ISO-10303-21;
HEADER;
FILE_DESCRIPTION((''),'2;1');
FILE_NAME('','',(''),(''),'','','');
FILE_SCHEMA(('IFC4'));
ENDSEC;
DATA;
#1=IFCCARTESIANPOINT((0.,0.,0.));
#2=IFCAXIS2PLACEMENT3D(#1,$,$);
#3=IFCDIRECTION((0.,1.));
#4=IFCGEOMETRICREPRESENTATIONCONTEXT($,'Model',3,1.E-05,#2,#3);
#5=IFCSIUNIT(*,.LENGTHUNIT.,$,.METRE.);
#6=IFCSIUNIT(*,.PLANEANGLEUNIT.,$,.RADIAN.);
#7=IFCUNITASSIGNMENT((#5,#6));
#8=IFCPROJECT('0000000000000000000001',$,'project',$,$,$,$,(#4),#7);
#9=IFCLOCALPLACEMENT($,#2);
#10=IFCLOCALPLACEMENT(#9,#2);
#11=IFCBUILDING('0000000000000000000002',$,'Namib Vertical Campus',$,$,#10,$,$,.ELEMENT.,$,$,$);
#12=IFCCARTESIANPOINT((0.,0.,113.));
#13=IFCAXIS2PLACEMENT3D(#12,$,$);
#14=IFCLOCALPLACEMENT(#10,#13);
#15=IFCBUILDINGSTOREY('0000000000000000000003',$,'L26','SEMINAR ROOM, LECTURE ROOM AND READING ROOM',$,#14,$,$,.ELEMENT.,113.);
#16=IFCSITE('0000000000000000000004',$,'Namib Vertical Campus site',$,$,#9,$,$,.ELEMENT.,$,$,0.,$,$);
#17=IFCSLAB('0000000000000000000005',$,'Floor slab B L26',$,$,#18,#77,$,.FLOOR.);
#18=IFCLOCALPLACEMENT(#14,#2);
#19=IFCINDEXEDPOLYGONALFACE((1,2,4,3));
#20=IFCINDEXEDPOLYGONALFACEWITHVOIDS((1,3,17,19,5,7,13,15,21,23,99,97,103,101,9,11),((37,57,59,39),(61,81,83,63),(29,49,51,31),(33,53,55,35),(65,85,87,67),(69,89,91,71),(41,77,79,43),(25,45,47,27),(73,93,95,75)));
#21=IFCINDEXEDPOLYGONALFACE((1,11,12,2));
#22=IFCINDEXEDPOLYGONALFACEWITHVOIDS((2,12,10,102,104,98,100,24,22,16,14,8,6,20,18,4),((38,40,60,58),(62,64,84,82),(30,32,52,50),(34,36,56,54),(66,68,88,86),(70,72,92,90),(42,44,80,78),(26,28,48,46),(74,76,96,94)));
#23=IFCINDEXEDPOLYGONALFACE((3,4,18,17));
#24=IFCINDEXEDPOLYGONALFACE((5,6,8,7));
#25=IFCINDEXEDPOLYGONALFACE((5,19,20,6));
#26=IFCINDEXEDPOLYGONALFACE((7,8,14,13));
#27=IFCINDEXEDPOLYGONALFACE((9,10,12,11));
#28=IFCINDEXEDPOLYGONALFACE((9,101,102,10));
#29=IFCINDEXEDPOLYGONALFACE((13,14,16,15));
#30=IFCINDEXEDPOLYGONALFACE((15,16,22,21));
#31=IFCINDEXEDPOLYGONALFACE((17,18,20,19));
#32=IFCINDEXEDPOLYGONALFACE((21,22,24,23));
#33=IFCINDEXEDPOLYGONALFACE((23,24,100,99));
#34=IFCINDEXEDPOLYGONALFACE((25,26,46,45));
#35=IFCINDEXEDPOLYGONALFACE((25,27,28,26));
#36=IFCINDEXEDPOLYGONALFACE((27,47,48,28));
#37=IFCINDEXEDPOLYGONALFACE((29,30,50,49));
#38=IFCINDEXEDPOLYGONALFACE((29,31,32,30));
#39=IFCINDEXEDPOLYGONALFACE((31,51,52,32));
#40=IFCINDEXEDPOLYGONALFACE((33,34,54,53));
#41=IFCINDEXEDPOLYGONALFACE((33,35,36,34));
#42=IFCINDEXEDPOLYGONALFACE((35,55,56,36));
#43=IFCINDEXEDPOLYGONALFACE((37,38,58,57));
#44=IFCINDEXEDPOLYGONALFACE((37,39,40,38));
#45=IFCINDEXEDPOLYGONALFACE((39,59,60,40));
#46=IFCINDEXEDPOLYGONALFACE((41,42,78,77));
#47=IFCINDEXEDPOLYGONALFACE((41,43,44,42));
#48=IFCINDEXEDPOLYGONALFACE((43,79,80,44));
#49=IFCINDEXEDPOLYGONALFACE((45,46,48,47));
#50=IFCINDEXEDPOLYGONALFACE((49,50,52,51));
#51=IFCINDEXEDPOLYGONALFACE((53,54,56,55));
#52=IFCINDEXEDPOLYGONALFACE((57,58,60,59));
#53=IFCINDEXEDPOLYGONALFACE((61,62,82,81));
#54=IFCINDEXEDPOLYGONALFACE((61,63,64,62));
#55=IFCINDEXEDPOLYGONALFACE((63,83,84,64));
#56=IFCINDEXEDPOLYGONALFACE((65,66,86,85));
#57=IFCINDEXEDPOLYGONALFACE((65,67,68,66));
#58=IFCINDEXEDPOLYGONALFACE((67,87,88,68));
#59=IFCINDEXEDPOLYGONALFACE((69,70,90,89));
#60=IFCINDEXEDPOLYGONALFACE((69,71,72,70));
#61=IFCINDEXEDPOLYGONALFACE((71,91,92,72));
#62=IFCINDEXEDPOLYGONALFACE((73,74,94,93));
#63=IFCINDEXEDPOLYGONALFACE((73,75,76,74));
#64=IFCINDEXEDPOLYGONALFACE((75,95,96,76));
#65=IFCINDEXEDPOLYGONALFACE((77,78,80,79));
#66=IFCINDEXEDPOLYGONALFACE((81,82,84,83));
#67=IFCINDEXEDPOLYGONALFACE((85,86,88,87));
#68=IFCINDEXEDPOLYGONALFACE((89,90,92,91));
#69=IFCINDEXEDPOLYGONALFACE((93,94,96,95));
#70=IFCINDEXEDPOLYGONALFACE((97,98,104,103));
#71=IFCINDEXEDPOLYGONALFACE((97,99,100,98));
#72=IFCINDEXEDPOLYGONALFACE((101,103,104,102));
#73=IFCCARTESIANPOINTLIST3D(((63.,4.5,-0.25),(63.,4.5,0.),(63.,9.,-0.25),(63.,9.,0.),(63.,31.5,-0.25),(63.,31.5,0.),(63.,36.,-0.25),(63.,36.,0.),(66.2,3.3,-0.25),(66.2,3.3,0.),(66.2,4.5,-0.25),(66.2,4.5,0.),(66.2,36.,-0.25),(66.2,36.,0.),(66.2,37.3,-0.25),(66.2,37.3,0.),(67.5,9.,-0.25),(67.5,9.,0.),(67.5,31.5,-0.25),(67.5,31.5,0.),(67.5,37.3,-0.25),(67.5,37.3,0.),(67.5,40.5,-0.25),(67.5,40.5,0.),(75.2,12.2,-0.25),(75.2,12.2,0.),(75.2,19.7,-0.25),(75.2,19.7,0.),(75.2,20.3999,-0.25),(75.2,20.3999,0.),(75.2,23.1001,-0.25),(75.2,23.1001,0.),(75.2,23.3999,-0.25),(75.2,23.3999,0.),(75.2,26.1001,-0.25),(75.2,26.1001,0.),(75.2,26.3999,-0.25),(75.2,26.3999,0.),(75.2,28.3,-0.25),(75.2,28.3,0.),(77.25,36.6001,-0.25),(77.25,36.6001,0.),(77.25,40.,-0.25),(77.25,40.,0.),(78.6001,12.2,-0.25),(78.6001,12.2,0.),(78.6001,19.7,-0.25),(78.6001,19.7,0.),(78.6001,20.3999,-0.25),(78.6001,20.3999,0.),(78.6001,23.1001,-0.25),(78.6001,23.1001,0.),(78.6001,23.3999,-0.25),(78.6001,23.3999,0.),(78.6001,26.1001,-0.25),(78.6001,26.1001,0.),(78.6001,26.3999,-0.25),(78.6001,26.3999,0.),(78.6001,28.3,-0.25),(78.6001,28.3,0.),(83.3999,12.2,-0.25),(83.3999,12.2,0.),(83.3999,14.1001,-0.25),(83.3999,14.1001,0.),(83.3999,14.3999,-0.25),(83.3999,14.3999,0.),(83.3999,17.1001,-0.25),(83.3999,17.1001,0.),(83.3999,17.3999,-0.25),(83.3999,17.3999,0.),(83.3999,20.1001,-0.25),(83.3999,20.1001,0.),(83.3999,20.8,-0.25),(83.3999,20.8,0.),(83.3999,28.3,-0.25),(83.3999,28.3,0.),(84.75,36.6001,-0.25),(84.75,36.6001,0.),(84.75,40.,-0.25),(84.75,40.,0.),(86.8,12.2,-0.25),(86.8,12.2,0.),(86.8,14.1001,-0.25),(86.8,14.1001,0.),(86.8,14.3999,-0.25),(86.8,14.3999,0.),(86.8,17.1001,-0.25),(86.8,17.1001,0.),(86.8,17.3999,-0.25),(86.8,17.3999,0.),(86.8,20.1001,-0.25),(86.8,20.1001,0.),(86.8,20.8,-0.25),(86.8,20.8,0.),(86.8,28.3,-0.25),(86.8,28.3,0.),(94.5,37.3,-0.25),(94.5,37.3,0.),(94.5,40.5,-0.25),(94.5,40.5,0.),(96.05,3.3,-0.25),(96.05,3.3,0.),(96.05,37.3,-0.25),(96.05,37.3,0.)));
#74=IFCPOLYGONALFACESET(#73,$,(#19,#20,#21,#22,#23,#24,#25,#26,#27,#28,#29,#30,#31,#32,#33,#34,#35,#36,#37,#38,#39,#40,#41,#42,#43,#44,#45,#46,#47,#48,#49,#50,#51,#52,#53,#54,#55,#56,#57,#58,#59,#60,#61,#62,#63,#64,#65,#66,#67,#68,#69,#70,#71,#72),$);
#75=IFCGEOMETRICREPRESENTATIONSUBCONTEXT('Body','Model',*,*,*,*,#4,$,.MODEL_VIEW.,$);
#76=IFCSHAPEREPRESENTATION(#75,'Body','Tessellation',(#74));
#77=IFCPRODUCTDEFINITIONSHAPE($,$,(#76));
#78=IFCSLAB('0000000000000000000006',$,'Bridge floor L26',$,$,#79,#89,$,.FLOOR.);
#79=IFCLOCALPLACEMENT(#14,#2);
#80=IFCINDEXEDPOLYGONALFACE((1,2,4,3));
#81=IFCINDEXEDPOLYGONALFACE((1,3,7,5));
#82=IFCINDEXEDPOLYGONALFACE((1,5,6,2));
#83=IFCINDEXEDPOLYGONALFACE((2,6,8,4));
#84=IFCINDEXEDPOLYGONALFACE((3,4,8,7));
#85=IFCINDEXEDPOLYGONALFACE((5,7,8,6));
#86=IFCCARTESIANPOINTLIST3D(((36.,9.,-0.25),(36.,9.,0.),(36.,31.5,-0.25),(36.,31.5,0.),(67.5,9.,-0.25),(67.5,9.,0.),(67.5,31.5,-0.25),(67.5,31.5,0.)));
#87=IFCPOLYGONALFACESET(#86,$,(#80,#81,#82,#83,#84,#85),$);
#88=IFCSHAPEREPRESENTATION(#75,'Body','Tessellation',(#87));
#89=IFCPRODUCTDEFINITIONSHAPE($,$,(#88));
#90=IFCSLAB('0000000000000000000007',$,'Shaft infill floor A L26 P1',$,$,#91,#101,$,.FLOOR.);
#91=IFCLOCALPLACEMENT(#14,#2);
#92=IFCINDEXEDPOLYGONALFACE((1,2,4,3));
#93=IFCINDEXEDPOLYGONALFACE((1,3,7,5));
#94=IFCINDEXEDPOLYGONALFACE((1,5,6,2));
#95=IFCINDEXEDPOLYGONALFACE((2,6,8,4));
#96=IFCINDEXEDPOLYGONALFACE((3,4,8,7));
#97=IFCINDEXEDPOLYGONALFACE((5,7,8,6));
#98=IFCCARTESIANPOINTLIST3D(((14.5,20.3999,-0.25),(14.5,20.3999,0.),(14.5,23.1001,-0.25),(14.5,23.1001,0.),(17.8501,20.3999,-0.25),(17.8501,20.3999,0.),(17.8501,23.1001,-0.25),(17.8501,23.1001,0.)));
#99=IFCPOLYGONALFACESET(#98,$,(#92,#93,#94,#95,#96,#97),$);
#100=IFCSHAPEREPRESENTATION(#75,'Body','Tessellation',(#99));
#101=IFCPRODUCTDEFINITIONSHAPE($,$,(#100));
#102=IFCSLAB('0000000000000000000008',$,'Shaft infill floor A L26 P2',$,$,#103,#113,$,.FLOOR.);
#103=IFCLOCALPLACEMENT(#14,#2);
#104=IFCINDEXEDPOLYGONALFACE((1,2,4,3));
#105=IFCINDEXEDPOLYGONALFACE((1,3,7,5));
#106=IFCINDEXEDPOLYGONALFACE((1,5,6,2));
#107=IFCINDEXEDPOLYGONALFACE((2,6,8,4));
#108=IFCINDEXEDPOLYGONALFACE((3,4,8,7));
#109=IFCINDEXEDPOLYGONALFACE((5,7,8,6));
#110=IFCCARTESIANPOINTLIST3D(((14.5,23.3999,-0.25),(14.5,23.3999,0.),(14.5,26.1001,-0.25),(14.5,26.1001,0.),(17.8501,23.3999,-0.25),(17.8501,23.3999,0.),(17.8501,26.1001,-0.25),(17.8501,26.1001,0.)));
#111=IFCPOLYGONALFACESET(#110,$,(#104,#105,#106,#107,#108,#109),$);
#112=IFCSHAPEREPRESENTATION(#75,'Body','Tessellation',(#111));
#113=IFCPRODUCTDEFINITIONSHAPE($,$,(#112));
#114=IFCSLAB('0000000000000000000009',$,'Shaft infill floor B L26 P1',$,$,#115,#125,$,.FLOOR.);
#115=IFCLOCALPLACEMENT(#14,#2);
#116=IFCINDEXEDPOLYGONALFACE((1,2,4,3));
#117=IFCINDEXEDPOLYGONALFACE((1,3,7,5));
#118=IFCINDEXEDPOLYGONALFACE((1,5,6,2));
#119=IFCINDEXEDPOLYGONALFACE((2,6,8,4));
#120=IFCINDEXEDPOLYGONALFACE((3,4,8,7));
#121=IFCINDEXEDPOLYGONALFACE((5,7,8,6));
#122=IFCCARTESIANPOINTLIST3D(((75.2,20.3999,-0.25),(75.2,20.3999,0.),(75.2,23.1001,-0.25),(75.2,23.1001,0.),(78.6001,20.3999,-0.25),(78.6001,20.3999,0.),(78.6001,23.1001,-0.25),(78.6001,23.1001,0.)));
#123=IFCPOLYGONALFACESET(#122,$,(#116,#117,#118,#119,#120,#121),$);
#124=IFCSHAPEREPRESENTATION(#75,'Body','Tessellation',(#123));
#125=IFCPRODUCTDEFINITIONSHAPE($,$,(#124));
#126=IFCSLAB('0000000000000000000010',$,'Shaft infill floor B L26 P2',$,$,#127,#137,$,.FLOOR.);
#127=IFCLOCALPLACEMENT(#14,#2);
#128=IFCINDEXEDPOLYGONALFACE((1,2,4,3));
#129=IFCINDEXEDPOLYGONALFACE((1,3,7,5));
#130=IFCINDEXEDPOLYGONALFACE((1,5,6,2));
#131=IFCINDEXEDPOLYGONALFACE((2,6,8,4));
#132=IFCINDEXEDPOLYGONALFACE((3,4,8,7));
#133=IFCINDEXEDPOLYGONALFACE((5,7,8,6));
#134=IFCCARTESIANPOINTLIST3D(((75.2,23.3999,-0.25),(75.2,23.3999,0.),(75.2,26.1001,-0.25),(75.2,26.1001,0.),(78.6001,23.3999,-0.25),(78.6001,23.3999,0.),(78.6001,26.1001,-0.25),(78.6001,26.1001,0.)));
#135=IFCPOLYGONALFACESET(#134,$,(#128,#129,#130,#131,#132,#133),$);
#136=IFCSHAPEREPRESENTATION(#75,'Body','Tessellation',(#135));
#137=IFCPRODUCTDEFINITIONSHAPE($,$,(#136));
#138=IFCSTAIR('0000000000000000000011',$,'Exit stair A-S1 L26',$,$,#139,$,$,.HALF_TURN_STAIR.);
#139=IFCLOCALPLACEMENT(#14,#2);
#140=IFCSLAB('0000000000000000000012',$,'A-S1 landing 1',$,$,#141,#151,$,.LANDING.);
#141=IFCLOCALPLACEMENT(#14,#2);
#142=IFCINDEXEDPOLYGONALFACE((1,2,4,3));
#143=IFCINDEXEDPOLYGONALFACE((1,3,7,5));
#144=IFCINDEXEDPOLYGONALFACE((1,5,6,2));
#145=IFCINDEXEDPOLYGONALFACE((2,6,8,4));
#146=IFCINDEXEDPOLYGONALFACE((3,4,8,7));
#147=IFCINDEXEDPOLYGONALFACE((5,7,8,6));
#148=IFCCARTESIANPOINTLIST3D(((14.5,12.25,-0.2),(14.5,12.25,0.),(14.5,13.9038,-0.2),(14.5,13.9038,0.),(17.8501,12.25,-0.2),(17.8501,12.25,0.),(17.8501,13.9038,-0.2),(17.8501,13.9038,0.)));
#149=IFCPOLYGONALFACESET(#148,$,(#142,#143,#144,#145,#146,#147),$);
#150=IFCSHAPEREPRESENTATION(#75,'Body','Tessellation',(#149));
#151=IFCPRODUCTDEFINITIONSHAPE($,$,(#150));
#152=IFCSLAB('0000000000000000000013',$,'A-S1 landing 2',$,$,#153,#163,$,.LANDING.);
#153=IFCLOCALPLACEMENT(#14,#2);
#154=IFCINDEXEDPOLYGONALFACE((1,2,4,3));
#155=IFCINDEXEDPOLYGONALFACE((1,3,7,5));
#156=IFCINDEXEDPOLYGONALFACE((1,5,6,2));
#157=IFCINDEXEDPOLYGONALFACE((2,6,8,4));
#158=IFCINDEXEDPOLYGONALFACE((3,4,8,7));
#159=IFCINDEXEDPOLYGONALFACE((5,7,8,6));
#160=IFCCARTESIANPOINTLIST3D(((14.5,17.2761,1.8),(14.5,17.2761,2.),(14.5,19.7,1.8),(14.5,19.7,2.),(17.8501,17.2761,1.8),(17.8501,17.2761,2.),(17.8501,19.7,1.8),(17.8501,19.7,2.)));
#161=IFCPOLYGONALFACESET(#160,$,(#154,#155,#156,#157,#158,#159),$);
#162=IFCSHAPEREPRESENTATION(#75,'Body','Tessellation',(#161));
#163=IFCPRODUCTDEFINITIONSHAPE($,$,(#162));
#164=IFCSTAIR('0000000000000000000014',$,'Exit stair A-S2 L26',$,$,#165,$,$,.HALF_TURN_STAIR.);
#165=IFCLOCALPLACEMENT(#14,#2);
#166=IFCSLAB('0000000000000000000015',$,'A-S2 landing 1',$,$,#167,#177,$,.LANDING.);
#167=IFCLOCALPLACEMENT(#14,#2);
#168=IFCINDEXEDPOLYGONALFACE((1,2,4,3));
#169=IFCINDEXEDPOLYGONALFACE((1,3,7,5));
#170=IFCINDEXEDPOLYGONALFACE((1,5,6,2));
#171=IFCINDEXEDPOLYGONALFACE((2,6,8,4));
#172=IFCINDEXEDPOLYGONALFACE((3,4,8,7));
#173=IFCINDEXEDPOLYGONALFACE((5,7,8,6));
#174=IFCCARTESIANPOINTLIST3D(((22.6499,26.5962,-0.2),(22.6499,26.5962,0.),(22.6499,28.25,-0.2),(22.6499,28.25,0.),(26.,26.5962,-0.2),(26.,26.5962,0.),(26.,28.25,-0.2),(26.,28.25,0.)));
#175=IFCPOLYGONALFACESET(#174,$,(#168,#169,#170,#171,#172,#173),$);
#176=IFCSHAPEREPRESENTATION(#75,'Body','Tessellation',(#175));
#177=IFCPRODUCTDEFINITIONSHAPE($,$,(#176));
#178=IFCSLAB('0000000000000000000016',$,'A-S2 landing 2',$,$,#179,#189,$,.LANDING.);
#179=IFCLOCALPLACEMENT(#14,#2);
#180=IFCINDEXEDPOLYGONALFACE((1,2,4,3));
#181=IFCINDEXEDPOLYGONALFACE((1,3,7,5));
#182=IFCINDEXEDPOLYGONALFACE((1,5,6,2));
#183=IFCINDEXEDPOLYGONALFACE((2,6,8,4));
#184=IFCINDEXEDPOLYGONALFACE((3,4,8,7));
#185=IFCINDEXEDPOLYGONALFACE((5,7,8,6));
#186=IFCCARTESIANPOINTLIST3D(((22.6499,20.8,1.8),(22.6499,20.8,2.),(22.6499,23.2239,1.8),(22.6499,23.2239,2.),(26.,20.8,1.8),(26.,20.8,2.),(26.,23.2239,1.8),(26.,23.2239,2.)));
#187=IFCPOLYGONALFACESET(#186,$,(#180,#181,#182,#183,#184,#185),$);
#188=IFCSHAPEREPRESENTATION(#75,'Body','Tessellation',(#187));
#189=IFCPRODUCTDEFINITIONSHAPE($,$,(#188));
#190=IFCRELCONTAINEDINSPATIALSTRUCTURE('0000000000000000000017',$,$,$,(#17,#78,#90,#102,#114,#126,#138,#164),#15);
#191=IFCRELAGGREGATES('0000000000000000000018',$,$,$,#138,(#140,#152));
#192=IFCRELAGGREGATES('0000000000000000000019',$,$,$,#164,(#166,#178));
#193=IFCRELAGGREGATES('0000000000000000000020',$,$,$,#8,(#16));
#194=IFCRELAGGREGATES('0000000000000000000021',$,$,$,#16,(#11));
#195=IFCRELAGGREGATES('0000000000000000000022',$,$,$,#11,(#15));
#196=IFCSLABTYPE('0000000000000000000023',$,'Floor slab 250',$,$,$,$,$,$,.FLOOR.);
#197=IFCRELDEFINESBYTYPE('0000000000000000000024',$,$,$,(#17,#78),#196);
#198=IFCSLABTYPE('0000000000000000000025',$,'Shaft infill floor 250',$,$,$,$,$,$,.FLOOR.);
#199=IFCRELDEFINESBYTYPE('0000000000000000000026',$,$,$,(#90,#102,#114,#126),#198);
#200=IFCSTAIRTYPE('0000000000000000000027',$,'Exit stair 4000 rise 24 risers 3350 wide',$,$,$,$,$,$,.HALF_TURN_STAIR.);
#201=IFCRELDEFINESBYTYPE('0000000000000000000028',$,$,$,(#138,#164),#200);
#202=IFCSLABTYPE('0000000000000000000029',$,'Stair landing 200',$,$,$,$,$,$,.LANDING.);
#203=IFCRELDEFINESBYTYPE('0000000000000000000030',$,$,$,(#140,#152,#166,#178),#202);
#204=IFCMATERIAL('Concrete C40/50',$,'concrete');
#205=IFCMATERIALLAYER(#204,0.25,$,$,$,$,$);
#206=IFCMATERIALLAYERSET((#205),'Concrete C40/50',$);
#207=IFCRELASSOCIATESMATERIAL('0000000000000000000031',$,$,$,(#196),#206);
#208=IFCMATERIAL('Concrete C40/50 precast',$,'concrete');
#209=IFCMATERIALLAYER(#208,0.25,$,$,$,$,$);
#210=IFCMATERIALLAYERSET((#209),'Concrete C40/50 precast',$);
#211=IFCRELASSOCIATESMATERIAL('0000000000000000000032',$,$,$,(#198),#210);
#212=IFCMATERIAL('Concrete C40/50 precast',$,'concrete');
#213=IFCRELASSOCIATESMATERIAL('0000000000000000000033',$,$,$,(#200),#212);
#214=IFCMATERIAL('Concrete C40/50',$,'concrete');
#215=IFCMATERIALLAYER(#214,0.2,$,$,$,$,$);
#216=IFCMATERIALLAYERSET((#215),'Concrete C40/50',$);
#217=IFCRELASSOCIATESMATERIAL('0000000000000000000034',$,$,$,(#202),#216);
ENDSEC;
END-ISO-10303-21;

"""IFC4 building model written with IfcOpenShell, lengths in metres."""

from ifc_helpers import new_model, si_unit, direction, frame, origin, place, context, subcontext, project, spatial, polyline, outline, extrude, material, layer, layer_set, type_object, element, aggregate, save


model = new_model("IFC4")

# Units and contexts
model_context = context("Model", 3, precision=1e-05, world=origin(), true_north=direction((0.0, 1.0)))
body_context = subcontext(model_context, "Body", "Model", "MODEL_VIEW")
ifc_project = project(units=[si_unit("LENGTHUNIT", "METRE"), si_unit("PLANEANGLEUNIT", "RADIAN")], contexts=[model_context])

# Site, building, storey
site_placement = place(None, origin())
site = spatial("IfcSite", under=ifc_project, at=site_placement, Name="Namib Vertical Campus site", CompositionType="ELEMENT", RefElevation=0.0)
building_placement = place(site_placement, origin())
building = spatial("IfcBuilding", under=site, at=building_placement, Name="Namib Vertical Campus", CompositionType="ELEMENT")
storey_placement = place(building_placement, frame((0.0, 0.0, 113.0)))
storey = spatial("IfcBuildingStorey", under=building, at=storey_placement, Name="L26", Description="SEMINAR ROOM, LECTURE ROOM AND READING ROOM", CompositionType="ELEMENT", Elevation=113.0)

# Slabs
ifc_material_1 = material(Name="Concrete C40/50", Category="concrete")
ifc_layer_1 = layer(ifc_material_1, 0.25)
ifc_layer_set_1 = layer_set([ifc_layer_1], Name="Concrete C40/50")
slab_type_1 = type_object("IfcSlabType", Name="Floor slab 250", PredefinedType="FLOOR", material=ifc_layer_set_1)
slab_1_placement = place(storey_placement, frame((0.0, 0.0, -0.25)))
element("IfcSlab", 1, at=slab_1_placement, inside=storey, type_object=slab_type_1, Name="Floor slab B L26", PredefinedType="FLOOR", context=body_context, shape_type="SweptSolid", body=[
    extrude(outline(polyline([(63.0, 9.0), (63.0, 4.5), (66.2, 4.5), (66.2, 3.3), (96.05, 3.3), (96.05, 37.3), (94.5, 37.3), (94.5, 40.5), (67.5, 40.5), (67.5, 37.3), (66.2, 37.3), (66.2, 36.0), (63.0, 36.0), (63.0, 31.5), (67.5, 31.5), (67.5, 9.0), (63.0, 9.0)]), holes=[polyline([(75.2, 12.2), (78.6001, 12.2), (78.6001, 19.7), (75.2, 19.7), (75.2, 12.2)]), polyline([(83.3999, 20.8), (86.8, 20.8), (86.8, 28.3), (83.3999, 28.3), (83.3999, 20.8)]), polyline([(83.3999, 12.2), (86.8, 12.2), (86.8, 14.1001), (83.3999, 14.1001), (83.3999, 12.2)]), polyline([(75.2, 20.3999), (78.6001, 20.3999), (78.6001, 23.1001), (75.2, 23.1001), (75.2, 20.3999)]), polyline([(75.2, 23.3999), (78.6001, 23.3999), (78.6001, 26.1001), (75.2, 26.1001), (75.2, 23.3999)]), polyline([(75.2, 26.3999), (78.6001, 26.3999), (78.6001, 28.3), (75.2, 28.3), (75.2, 26.3999)]), polyline([(83.3999, 14.3999), (86.8, 14.3999), (86.8, 17.1001), (83.3999, 17.1001), (83.3999, 14.3999)]), polyline([(83.3999, 17.3999), (86.8, 17.3999), (86.8, 20.1001), (83.3999, 20.1001), (83.3999, 17.3999)]), polyline([(77.25, 36.6001), (84.75, 36.6001), (84.75, 40.0), (77.25, 40.0), (77.25, 36.6001)])]), origin(), (0.0, 0.0, 1.0), 0.25),
])
slab_2_placement = place(storey_placement, frame((0.0, 0.0, -0.25)))
element("IfcSlab", 2, at=slab_2_placement, inside=storey, type_object=slab_type_1, Name="Bridge floor L26", PredefinedType="FLOOR", context=body_context, shape_type="SweptSolid", body=[
    extrude(outline(polyline([(36.0, 9.0), (67.5, 9.0), (67.5, 31.5), (36.0, 31.5), (36.0, 9.0)])), origin(), (0.0, 0.0, 1.0), 0.25),
])
ifc_material_2 = material(Name="Concrete C40/50 precast", Category="concrete")
ifc_layer_2 = layer(ifc_material_2, 0.25)
ifc_layer_set_2 = layer_set([ifc_layer_2], Name="Concrete C40/50 precast")
slab_type_2 = type_object("IfcSlabType", Name="Shaft infill floor 250", PredefinedType="FLOOR", material=ifc_layer_set_2)
slab_3_placement = place(storey_placement, frame((0.0, 0.0, -0.25)))
element("IfcSlab", 3, at=slab_3_placement, inside=storey, type_object=slab_type_2, Name="Shaft infill floor A L26 P1", PredefinedType="FLOOR", context=body_context, shape_type="SweptSolid", body=[
    extrude(outline(polyline([(14.5, 20.3999), (17.8501, 20.3999), (17.8501, 23.1001), (14.5, 23.1001), (14.5, 20.3999)])), origin(), (0.0, 0.0, 1.0), 0.25),
])
slab_4_placement = place(storey_placement, frame((0.0, 0.0, -0.25)))
element("IfcSlab", 4, at=slab_4_placement, inside=storey, type_object=slab_type_2, Name="Shaft infill floor A L26 P2", PredefinedType="FLOOR", context=body_context, shape_type="SweptSolid", body=[
    extrude(outline(polyline([(14.5, 23.3999), (17.8501, 23.3999), (17.8501, 26.1001), (14.5, 26.1001), (14.5, 23.3999)])), origin(), (0.0, 0.0, 1.0), 0.25),
])
slab_5_placement = place(storey_placement, frame((0.0, 0.0, -0.25)))
element("IfcSlab", 5, at=slab_5_placement, inside=storey, type_object=slab_type_2, Name="Shaft infill floor B L26 P1", PredefinedType="FLOOR", context=body_context, shape_type="SweptSolid", body=[
    extrude(outline(polyline([(75.2, 20.3999), (78.6001, 20.3999), (78.6001, 23.1001), (75.2, 23.1001), (75.2, 20.3999)])), origin(), (0.0, 0.0, 1.0), 0.25),
])
slab_6_placement = place(storey_placement, frame((0.0, 0.0, -0.25)))
element("IfcSlab", 6, at=slab_6_placement, inside=storey, type_object=slab_type_2, Name="Shaft infill floor B L26 P2", PredefinedType="FLOOR", context=body_context, shape_type="SweptSolid", body=[
    extrude(outline(polyline([(75.2, 23.3999), (78.6001, 23.3999), (78.6001, 26.1001), (75.2, 26.1001), (75.2, 23.3999)])), origin(), (0.0, 0.0, 1.0), 0.25),
])

# Stairs, slabs
ifc_material_3 = material(Name="Concrete C40/50 precast", Category="concrete")
stair_type_1 = type_object("IfcStairType", Name="Exit stair 4000 rise 24 risers 3350 wide", PredefinedType="HALF_TURN_STAIR", material=ifc_material_3)
stair_1_placement = place(storey_placement, origin())
stair_1 = element("IfcStair", 7, at=stair_1_placement, inside=storey, type_object=stair_type_1, Name="Exit stair A-S1 L26", PredefinedType="HALF_TURN_STAIR")
ifc_material_4 = material(Name="Concrete C40/50", Category="concrete")
ifc_layer_3 = layer(ifc_material_4, 0.2)
ifc_layer_set_3 = layer_set([ifc_layer_3], Name="Concrete C40/50")
slab_type_3 = type_object("IfcSlabType", Name="Stair landing 200", PredefinedType="LANDING", material=ifc_layer_set_3)
slab_7_placement = place(storey_placement, frame((0.0, 0.0, -0.2)))
slab_7 = element("IfcSlab", 8, at=slab_7_placement, type_object=slab_type_3, Name="A-S1 landing 1", PredefinedType="LANDING", context=body_context, shape_type="SweptSolid", body=[
    extrude(outline(polyline([(14.5, 12.25), (17.8501, 12.25), (17.8501, 13.9038), (14.5, 13.9038), (14.5, 12.25)])), origin(), (0.0, 0.0, 1.0), 0.2),
])
slab_8_placement = place(storey_placement, frame((0.0, 0.0, 1.8)))
slab_8 = element("IfcSlab", 9, at=slab_8_placement, type_object=slab_type_3, Name="A-S1 landing 2", PredefinedType="LANDING", context=body_context, shape_type="SweptSolid", body=[
    extrude(outline(polyline([(14.5, 17.2761), (17.8501, 17.2761), (17.8501, 19.7), (14.5, 19.7), (14.5, 17.2761)])), origin(), (0.0, 0.0, 1.0), 0.2),
])
aggregate(stair_1, [slab_7, slab_8])
stair_2_placement = place(storey_placement, origin())
stair_2 = element("IfcStair", 10, at=stair_2_placement, inside=storey, type_object=stair_type_1, Name="Exit stair A-S2 L26", PredefinedType="HALF_TURN_STAIR")
slab_9_placement = place(storey_placement, frame((0.0, 0.0, -0.2)))
slab_9 = element("IfcSlab", 11, at=slab_9_placement, type_object=slab_type_3, Name="A-S2 landing 1", PredefinedType="LANDING", context=body_context, shape_type="SweptSolid", body=[
    extrude(outline(polyline([(22.6499, 26.5962), (26.0, 26.5962), (26.0, 28.25), (22.6499, 28.25), (22.6499, 26.5962)])), origin(), (0.0, 0.0, 1.0), 0.2),
])
slab_10_placement = place(storey_placement, frame((0.0, 0.0, 1.8)))
slab_10 = element("IfcSlab", 12, at=slab_10_placement, type_object=slab_type_3, Name="A-S2 landing 2", PredefinedType="LANDING", context=body_context, shape_type="SweptSolid", body=[
    extrude(outline(polyline([(22.6499, 20.8), (26.0, 20.8), (26.0, 23.2239), (22.6499, 23.2239), (22.6499, 20.8)])), origin(), (0.0, 0.0, 1.0), 0.2),
])
aggregate(stair_2, [slab_9, slab_10])

save(model, "model.ifc")
